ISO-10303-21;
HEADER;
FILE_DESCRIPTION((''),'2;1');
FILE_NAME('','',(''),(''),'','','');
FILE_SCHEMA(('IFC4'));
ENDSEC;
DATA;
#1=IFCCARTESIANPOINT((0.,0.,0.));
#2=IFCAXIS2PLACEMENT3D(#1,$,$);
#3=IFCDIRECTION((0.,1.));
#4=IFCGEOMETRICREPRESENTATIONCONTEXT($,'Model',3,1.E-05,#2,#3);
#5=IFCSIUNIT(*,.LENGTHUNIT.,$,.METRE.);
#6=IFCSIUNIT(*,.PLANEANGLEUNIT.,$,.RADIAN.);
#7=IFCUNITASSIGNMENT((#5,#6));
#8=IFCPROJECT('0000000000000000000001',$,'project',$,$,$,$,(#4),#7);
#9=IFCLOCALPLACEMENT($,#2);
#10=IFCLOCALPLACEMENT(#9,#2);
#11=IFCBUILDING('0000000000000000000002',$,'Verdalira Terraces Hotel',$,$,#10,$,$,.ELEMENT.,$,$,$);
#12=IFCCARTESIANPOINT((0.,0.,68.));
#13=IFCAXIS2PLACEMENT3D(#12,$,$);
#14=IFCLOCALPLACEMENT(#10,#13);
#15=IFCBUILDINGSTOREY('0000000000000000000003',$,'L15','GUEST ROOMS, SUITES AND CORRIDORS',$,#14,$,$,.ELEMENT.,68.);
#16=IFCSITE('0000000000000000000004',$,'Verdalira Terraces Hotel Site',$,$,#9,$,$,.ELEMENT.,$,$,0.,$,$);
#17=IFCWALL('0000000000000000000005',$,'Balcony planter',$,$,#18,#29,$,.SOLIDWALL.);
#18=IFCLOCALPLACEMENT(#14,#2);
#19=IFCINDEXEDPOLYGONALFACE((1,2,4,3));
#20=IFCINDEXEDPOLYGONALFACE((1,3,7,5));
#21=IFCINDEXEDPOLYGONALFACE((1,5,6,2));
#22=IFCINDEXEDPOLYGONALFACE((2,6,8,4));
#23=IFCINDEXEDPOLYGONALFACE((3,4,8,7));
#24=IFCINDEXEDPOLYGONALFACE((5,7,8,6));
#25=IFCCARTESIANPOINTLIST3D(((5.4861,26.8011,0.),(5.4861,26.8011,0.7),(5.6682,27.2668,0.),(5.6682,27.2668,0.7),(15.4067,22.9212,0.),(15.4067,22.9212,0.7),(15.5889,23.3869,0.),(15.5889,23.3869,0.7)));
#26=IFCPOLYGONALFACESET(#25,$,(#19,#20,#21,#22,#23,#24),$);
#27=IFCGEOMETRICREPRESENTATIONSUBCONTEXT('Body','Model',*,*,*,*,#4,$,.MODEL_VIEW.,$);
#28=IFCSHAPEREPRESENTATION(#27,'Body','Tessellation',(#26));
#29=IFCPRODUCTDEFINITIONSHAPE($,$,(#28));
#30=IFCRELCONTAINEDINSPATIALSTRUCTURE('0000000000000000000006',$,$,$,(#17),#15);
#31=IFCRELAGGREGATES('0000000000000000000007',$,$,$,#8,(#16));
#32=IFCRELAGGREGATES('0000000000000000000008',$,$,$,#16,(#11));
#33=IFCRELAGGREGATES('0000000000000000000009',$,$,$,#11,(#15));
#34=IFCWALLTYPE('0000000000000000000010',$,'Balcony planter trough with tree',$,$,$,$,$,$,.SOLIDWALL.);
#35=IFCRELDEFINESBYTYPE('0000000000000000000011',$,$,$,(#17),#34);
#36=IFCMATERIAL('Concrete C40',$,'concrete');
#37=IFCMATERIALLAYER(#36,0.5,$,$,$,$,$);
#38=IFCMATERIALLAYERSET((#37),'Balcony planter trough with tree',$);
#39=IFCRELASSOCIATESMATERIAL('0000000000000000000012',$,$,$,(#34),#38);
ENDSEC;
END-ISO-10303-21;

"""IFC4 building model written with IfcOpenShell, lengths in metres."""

from ifc_helpers import new_model, si_unit, direction, frame, frame_2d, origin, place, context, subcontext, project, spatial, rectangle, extrude, material, layer, layer_set, type_object, element, save


model = new_model("IFC4")

# Units and contexts
model_context = context("Model", 3, precision=1e-05, world=origin(), true_north=direction((0.0, 1.0)))
body_context = subcontext(model_context, "Body", "Model", "MODEL_VIEW")
ifc_project = project(units=[si_unit("LENGTHUNIT", "METRE"), si_unit("PLANEANGLEUNIT", "RADIAN")], contexts=[model_context])

# Site, building, storey
site_placement = place(None, origin())
site = spatial("IfcSite", under=ifc_project, at=site_placement, Name="Verdalira Terraces Hotel Site", CompositionType="ELEMENT", RefElevation=0.0)
building_placement = place(site_placement, origin())
building = spatial("IfcBuilding", under=site, at=building_placement, Name="Verdalira Terraces Hotel", CompositionType="ELEMENT")
storey_placement = place(building_placement, frame((0.0, 0.0, 68.0)))
storey = spatial("IfcBuildingStorey", under=building, at=storey_placement, Name="L15", Description="GUEST ROOMS, SUITES AND CORRIDORS", CompositionType="ELEMENT", Elevation=68.0)

# Wall
ifc_material_1 = material(Name="Concrete C40", Category="concrete")
ifc_layer_1 = layer(ifc_material_1, 0.5)
ifc_layer_set_1 = layer_set([ifc_layer_1], Name="Balcony planter trough with tree")
wall_type_1 = type_object("IfcWallType", Name="Balcony planter trough with tree", PredefinedType="SOLIDWALL", material=ifc_layer_set_1)
wall_1_placement = place(storey_placement, frame((15.4978, 23.1541, 0.0), z_axis=(0.0, 0.0, 1.0), x_axis=(-0.93131, 0.364227, 0.0)))
element("IfcWall", 1, at=wall_1_placement, inside=storey, type_object=wall_type_1, Name="Balcony planter", PredefinedType="SOLIDWALL", context=body_context, shape_type="SweptSolid", body=[
    extrude(rectangle(XDim=10.6523, YDim=0.5, at=frame_2d((5.3262, 0.0))), origin(), (0.0, 0.0, 1.0), 0.7),
])

save(model, "model.ifc")
